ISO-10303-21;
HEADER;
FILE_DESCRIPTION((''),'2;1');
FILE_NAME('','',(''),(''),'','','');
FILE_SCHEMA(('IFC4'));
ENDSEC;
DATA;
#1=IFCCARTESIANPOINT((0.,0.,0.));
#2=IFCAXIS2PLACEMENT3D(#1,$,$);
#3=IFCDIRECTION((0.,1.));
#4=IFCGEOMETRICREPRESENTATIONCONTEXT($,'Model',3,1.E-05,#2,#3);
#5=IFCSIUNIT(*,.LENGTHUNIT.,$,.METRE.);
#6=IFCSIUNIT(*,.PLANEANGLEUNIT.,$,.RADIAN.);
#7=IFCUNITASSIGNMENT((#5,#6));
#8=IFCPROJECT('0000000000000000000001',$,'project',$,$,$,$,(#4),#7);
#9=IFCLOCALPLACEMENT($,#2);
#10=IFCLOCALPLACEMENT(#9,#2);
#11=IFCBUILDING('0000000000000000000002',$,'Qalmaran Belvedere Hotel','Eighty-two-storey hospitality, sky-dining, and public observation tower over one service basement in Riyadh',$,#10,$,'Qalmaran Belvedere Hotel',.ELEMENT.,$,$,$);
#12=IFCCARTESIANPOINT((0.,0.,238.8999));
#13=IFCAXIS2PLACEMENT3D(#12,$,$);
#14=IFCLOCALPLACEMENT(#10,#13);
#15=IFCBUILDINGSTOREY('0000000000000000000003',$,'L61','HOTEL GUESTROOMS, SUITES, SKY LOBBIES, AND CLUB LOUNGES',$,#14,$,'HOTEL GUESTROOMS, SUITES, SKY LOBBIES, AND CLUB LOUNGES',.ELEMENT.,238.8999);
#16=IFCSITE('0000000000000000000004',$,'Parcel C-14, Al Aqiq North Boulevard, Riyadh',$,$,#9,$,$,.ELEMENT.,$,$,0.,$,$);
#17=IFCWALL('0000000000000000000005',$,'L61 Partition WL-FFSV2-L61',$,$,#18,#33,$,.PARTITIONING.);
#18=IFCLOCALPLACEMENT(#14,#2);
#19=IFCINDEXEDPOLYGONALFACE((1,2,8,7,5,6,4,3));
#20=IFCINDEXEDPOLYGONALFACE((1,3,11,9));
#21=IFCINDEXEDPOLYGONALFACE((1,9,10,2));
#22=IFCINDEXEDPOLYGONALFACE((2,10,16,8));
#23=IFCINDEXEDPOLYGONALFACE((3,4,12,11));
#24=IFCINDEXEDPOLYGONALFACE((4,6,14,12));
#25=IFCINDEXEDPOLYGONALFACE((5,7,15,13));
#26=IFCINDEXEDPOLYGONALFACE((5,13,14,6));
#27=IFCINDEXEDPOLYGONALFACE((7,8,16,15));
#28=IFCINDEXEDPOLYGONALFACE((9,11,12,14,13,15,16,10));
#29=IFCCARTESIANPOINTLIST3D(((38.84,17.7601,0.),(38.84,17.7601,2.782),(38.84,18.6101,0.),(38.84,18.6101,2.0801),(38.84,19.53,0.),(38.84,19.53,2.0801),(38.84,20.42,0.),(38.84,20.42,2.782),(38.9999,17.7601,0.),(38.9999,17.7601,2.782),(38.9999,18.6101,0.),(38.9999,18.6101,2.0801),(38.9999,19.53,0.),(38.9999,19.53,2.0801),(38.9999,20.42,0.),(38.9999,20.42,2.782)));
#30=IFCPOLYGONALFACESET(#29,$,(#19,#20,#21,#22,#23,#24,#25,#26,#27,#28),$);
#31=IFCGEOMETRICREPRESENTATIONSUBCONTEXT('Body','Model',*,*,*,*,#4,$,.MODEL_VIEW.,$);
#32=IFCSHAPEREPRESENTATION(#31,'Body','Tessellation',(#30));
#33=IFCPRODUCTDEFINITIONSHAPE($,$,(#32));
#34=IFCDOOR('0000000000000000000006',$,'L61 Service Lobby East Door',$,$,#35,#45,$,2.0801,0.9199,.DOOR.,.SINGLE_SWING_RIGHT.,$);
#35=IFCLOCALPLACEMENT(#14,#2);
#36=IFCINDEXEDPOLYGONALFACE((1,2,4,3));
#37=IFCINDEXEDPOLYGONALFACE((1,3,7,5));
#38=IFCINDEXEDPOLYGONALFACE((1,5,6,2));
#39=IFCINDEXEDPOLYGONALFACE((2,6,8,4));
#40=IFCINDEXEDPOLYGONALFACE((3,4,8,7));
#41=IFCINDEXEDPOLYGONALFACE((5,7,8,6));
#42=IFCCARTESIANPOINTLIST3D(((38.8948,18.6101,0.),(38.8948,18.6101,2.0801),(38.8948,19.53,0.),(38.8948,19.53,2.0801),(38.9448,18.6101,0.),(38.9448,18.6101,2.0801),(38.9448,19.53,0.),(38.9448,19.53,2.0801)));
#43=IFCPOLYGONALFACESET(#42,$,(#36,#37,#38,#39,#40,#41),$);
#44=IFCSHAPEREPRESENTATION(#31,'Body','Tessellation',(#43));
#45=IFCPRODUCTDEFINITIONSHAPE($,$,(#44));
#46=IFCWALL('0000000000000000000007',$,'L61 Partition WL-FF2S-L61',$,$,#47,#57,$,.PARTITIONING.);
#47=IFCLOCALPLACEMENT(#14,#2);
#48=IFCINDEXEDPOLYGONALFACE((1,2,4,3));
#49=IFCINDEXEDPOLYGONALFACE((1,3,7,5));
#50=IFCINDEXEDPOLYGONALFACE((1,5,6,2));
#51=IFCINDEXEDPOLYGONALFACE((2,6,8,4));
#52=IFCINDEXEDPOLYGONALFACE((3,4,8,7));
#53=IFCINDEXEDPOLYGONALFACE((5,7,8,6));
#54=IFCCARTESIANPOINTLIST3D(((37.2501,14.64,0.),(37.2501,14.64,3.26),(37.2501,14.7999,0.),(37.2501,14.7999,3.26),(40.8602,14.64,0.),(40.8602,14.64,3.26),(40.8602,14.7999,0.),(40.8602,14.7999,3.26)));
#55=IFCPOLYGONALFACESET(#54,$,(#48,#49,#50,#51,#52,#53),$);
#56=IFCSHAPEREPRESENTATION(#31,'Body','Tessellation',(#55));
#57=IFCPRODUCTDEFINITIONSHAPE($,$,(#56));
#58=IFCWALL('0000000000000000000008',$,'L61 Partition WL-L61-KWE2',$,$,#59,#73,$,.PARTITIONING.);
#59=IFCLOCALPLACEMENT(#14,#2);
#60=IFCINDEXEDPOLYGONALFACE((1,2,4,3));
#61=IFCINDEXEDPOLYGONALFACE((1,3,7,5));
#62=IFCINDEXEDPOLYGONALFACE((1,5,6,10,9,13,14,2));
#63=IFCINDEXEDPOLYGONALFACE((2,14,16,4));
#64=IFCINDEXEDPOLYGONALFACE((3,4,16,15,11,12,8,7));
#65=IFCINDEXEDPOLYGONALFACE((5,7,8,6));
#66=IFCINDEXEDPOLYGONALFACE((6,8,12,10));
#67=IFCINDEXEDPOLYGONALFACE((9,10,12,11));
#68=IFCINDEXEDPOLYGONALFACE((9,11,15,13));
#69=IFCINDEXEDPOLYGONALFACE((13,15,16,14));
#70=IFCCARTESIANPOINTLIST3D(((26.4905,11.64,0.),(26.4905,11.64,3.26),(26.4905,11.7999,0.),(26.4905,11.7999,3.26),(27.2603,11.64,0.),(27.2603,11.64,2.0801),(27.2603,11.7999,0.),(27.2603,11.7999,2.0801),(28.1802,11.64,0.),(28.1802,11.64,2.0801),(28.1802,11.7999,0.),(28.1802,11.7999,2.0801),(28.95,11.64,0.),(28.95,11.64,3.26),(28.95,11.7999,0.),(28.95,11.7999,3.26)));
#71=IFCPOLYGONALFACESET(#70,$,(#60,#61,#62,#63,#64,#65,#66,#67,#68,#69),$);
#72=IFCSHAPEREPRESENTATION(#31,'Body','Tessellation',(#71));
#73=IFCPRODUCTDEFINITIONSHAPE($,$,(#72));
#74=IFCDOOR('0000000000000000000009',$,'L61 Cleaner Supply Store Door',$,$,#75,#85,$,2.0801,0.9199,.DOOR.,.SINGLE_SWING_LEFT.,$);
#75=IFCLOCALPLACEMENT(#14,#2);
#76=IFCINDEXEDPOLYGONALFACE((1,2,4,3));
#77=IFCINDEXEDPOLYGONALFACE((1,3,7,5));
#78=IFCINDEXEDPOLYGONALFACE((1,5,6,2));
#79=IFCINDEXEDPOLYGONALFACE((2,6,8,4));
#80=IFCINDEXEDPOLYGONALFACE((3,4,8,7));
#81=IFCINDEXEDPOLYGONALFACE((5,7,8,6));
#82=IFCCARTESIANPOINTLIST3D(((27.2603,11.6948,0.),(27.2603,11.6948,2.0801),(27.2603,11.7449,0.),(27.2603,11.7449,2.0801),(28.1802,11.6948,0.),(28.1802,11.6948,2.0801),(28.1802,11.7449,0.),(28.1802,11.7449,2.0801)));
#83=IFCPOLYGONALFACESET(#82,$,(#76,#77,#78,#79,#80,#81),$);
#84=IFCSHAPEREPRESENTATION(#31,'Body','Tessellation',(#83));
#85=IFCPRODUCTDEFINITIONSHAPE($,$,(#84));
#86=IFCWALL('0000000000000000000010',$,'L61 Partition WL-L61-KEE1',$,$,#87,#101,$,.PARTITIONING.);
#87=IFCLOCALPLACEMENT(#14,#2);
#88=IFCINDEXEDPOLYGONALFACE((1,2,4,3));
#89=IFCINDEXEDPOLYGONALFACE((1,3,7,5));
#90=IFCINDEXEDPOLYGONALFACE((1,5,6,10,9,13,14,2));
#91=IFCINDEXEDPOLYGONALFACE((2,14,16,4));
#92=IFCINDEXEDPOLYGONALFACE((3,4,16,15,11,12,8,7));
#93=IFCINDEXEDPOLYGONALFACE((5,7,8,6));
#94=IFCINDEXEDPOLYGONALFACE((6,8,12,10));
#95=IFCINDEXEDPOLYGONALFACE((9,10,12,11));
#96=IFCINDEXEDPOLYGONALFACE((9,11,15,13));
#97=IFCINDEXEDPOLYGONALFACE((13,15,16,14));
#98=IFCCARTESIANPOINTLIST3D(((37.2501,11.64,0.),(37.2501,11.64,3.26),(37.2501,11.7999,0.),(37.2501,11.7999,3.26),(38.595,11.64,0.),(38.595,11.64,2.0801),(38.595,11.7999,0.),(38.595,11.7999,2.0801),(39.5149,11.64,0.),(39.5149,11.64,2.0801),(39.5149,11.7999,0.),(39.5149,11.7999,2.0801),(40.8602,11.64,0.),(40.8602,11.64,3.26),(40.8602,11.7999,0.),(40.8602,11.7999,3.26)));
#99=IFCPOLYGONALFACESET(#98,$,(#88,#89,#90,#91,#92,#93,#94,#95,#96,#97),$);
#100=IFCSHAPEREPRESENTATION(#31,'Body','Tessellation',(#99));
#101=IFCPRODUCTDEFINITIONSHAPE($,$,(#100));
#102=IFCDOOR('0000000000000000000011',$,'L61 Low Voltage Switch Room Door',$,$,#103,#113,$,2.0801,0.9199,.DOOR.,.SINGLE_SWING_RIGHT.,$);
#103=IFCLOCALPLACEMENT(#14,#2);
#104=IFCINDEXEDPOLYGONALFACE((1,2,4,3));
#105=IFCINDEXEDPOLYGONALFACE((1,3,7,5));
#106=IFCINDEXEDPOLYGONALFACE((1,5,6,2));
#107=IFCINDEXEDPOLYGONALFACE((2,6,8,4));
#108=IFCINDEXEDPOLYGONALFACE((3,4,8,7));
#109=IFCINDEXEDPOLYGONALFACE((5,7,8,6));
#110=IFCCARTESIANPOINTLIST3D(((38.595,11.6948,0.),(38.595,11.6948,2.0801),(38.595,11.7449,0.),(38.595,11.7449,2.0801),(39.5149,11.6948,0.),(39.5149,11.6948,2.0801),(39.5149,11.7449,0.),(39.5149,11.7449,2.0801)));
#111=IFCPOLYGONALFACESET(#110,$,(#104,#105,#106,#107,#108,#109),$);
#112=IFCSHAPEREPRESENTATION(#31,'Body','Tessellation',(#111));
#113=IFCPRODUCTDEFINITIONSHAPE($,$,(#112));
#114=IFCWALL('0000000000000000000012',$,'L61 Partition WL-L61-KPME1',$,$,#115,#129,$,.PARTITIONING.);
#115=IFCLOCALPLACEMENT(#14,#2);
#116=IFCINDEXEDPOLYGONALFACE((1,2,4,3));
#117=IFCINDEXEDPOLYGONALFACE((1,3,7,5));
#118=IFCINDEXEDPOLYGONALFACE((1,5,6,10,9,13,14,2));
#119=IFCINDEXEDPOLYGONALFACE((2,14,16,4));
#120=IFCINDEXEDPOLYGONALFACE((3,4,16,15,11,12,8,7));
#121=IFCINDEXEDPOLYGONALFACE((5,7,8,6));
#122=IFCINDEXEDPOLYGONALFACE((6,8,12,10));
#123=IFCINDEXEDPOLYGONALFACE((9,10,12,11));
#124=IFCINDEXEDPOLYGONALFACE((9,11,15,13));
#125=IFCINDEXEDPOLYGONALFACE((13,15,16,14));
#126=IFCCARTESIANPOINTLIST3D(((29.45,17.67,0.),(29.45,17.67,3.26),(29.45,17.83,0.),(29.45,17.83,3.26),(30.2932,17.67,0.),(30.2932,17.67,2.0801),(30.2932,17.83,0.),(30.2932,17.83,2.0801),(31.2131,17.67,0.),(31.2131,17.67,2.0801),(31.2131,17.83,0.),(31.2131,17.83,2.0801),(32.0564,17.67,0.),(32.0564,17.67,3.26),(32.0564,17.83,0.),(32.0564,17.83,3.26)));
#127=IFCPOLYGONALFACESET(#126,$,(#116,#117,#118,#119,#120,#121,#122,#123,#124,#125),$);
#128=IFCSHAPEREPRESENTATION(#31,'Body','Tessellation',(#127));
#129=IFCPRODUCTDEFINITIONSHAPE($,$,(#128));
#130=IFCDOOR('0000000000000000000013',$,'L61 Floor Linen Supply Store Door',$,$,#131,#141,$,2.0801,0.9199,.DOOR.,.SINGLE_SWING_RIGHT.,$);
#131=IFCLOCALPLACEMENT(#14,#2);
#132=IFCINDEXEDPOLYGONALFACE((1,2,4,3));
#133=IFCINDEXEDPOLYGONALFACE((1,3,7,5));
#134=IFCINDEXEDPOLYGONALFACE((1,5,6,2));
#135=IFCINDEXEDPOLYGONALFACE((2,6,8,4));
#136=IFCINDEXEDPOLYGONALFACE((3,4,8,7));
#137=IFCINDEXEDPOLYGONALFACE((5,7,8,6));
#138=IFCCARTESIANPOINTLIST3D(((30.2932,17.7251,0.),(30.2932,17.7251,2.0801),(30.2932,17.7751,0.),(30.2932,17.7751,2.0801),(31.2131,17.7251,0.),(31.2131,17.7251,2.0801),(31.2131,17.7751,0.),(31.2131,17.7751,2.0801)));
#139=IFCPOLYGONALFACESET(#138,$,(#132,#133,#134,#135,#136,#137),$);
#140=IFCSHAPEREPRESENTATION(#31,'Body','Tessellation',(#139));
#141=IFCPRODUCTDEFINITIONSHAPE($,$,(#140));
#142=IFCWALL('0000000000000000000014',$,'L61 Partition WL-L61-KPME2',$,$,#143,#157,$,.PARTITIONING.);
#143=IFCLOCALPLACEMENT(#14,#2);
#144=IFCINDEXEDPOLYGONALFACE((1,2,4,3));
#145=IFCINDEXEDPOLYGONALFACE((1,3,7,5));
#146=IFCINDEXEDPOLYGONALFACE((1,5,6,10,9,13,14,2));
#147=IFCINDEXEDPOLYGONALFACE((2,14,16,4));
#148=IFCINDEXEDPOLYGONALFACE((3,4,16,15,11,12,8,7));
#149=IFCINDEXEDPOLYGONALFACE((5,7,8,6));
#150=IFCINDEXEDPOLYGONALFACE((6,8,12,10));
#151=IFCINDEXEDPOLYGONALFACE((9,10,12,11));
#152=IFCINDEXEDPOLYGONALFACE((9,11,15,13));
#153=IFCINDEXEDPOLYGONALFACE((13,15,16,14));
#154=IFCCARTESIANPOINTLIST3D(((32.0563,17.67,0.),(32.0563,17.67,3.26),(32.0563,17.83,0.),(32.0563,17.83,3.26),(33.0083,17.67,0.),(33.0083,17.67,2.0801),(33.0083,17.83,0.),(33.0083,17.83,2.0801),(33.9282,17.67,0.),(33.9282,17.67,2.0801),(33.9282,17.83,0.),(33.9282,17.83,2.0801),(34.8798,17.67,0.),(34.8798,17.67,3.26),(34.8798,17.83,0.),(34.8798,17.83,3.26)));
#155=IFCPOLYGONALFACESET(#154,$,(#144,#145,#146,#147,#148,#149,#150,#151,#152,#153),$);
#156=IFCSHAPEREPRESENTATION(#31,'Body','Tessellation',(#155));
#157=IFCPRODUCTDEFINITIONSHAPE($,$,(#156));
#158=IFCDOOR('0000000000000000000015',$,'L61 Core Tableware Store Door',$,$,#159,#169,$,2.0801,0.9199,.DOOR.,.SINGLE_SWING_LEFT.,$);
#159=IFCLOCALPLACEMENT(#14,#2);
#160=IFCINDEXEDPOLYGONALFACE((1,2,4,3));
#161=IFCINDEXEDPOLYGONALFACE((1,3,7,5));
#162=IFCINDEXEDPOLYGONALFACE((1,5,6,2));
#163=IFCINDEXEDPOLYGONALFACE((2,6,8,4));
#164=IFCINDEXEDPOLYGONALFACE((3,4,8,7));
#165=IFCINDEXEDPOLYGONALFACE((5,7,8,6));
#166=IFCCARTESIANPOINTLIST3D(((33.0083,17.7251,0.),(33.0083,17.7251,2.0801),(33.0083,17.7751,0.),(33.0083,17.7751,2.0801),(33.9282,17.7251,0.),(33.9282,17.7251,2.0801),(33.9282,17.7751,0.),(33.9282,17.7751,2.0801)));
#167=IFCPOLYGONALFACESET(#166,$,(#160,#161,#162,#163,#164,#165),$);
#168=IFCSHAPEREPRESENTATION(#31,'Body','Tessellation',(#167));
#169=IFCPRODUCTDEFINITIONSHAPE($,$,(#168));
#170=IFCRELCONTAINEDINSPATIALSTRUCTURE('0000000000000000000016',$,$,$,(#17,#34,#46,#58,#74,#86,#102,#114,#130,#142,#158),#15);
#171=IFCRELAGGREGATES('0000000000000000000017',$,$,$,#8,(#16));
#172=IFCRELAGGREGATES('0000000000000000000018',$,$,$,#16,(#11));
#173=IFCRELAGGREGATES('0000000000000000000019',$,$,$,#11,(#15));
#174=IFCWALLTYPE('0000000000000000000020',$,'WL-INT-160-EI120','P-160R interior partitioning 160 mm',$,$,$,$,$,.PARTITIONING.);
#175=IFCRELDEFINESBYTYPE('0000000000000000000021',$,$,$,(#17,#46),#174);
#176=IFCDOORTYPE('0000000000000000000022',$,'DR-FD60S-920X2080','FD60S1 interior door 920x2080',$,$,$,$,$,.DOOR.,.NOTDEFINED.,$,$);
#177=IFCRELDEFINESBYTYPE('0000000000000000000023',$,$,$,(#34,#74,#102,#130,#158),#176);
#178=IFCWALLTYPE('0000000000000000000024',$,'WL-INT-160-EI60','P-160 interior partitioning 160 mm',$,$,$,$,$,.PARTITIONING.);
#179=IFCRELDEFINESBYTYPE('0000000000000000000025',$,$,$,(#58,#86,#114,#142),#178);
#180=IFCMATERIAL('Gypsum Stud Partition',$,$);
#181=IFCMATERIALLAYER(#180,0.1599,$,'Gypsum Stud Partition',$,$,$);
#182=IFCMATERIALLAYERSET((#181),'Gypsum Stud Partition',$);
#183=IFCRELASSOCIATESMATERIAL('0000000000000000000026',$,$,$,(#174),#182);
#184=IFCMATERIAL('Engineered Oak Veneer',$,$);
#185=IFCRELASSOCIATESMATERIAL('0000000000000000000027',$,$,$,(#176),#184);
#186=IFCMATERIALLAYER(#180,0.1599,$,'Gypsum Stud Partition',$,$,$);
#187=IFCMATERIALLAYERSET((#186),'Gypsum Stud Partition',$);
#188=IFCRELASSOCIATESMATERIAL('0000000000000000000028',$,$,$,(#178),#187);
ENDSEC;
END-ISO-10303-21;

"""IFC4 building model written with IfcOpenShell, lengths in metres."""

from ifc_helpers import new_model, si_unit, direction, frame, frame_2d, origin, place, context, subcontext, project, spatial, rectangle, extrude, material, layer, layer_set, type_object, element, fill, save


model = new_model("IFC4")

# Units and contexts
model_context = context("Model", 3, precision=1e-05, world=origin(), true_north=direction((0.0, 1.0)))
body_context = subcontext(model_context, "Body", "Model", "MODEL_VIEW")
ifc_project = project(units=[si_unit("LENGTHUNIT", "METRE"), si_unit("PLANEANGLEUNIT", "RADIAN")], contexts=[model_context])

# Site, building, storey
site_placement = place(None, origin())
site = spatial("IfcSite", under=ifc_project, at=site_placement, Name="Parcel C-14, Al Aqiq North Boulevard, Riyadh", CompositionType="ELEMENT", RefElevation=0.0)
building_placement = place(site_placement, origin())
building = spatial("IfcBuilding", under=site, at=building_placement, Name="Qalmaran Belvedere Hotel", Description="Eighty-two-storey hospitality, sky-dining, and public observation tower over one service basement in Riyadh", LongName="Qalmaran Belvedere Hotel", CompositionType="ELEMENT")
storey_placement = place(building_placement, frame((0.0, 0.0, 238.8999)))
storey = spatial("IfcBuildingStorey", under=building, at=storey_placement, Name="L61", Description="HOTEL GUESTROOMS, SUITES, SKY LOBBIES, AND CLUB LOUNGES", LongName="HOTEL GUESTROOMS, SUITES, SKY LOBBIES, AND CLUB LOUNGES", CompositionType="ELEMENT", Elevation=238.8999)

# Shared definitions
ifc_material_1 = material(Name="Gypsum Stud Partition")

# Wall, opening, door
ifc_layer_1 = layer(ifc_material_1, 0.1599, Name="Gypsum Stud Partition")
ifc_layer_set_1 = layer_set([ifc_layer_1], Name="Gypsum Stud Partition")
wall_type_1 = type_object("IfcWallType", Name="WL-INT-160-EI120", Description="P-160R interior partitioning 160 mm", PredefinedType="PARTITIONING", material=ifc_layer_set_1)
wall_1_placement = place(storey_placement, frame((38.9199, 17.76, 0.0), z_axis=(0.0, 0.0, 1.0), x_axis=(0.0, 1.0, 0.0)))
wall_1 = element("IfcWall", 1, at=wall_1_placement, inside=storey, type_object=wall_type_1, Name="L61 Partition WL-FFSV2-L61", PredefinedType="PARTITIONING", context=body_context, shape_type="SweptSolid", body=[
    extrude(rectangle(XDim=2.6599, YDim=0.1599, at=frame_2d((1.3301, 0.0))), origin(), (0.0, 0.0, 1.0), 2.782),
])
opening_1_placement = place(wall_1_placement, frame((1.77, 0.0, 0.0), z_axis=(0.0, 0.0, 1.0), x_axis=(-1.0, 0.0, 0.0)))
opening_1 = element("IfcOpeningElement", 2, at=opening_1_placement, cuts=wall_1, PredefinedType="OPENING", context=body_context, shape_type="SweptSolid", body=[
    extrude(rectangle(XDim=0.9199, YDim=2.0801, at=frame_2d((0.46, 1.04))), frame((0.0, 0.0898, 0.0), z_axis=(0.0, -1.0, 0.0), x_axis=(1.0, 0.0, 0.0)), (0.0, 0.0, 1.0), 0.1799),
])
ifc_material_2 = material(Name="Engineered Oak Veneer")
door_type_1 = type_object("IfcDoorType", Name="DR-FD60S-920X2080", Description="FD60S1 interior door 920x2080", OperationType="NOTDEFINED", PredefinedType="DOOR", material=ifc_material_2)
door_1_placement = place(opening_1_placement, origin())
door_1 = element("IfcDoor", 3, at=door_1_placement, inside=storey, type_object=door_type_1, Name="L61 Service Lobby East Door", OperationType="SINGLE_SWING_RIGHT", OverallHeight=2.0801, OverallWidth=0.9199, PredefinedType="DOOR", context=body_context, shape_type="SweptSolid", body=[
    extrude(rectangle(XDim=0.9199, YDim=2.0801, at=frame_2d((0.46, 1.04))), frame((0.0, 0.0249, 0.0), z_axis=(0.0, -1.0, 0.0), x_axis=(1.0, 0.0, 0.0)), (0.0, 0.0, 1.0), 0.05),
])
fill(opening_1, door_1)

# Wall
wall_2_placement = place(storey_placement, frame((37.25, 14.72, 0.0), z_axis=(0.0, 0.0, 1.0), x_axis=(1.0, 0.0, 0.0)))
element("IfcWall", 4, at=wall_2_placement, inside=storey, type_object=wall_type_1, Name="L61 Partition WL-FF2S-L61", PredefinedType="PARTITIONING", context=body_context, shape_type="SweptSolid", body=[
    extrude(rectangle(XDim=3.6101, YDim=0.1599, at=frame_2d((1.8052, 0.0))), origin(), (0.0, 0.0, 1.0), 3.26),
])

# Walls, openings, doors
ifc_layer_2 = layer(ifc_material_1, 0.1599, Name="Gypsum Stud Partition")
ifc_layer_set_2 = layer_set([ifc_layer_2], Name="Gypsum Stud Partition")
wall_type_2 = type_object("IfcWallType", Name="WL-INT-160-EI60", Description="P-160 interior partitioning 160 mm", PredefinedType="PARTITIONING", material=ifc_layer_set_2)
wall_3_placement = place(storey_placement, frame((26.4905, 11.72, 0.0), z_axis=(0.0, 0.0, 1.0), x_axis=(1.0, 0.0, 0.0)))
wall_3 = element("IfcWall", 5, at=wall_3_placement, inside=storey, type_object=wall_type_2, Name="L61 Partition WL-L61-KWE2", PredefinedType="PARTITIONING", context=body_context, shape_type="SweptSolid", body=[
    extrude(rectangle(XDim=2.4595, YDim=0.1599, at=frame_2d((1.2297, 0.0))), origin(), (0.0, 0.0, 1.0), 3.26),
])
opening_2_placement = place(wall_3_placement, frame((0.7698, 0.0, 0.0)))
opening_2 = element("IfcOpeningElement", 6, at=opening_2_placement, cuts=wall_3, PredefinedType="OPENING", context=body_context, shape_type="SweptSolid", body=[
    extrude(rectangle(XDim=0.9199, YDim=2.0801, at=frame_2d((0.46, 1.04))), frame((0.0, 0.0898, 0.0), z_axis=(0.0, -1.0, 0.0), x_axis=(1.0, 0.0, 0.0)), (0.0, 0.0, 1.0), 0.1799),
])
door_2_placement = place(opening_2_placement, origin())
door_2 = element("IfcDoor", 7, at=door_2_placement, inside=storey, type_object=door_type_1, Name="L61 Cleaner Supply Store Door", OperationType="SINGLE_SWING_LEFT", OverallHeight=2.0801, OverallWidth=0.9199, PredefinedType="DOOR", context=body_context, shape_type="SweptSolid", body=[
    extrude(rectangle(XDim=0.9199, YDim=2.0801, at=frame_2d((0.46, 1.04))), frame((0.0, 0.0249, 0.0), z_axis=(0.0, -1.0, 0.0), x_axis=(1.0, 0.0, 0.0)), (0.0, 0.0, 1.0), 0.05),
])
fill(opening_2, door_2)
wall_4_placement = place(storey_placement, frame((37.25, 11.72, 0.0), z_axis=(0.0, 0.0, 1.0), x_axis=(1.0, 0.0, 0.0)))
wall_4 = element("IfcWall", 8, at=wall_4_placement, inside=storey, type_object=wall_type_2, Name="L61 Partition WL-L61-KEE1", PredefinedType="PARTITIONING", context=body_context, shape_type="SweptSolid", body=[
    extrude(rectangle(XDim=3.6101, YDim=0.1599, at=frame_2d((1.8052, 0.0))), origin(), (0.0, 0.0, 1.0), 3.26),
])
opening_3_placement = place(wall_4_placement, frame((1.345, 0.0, 0.0)))
opening_3 = element("IfcOpeningElement", 9, at=opening_3_placement, cuts=wall_4, PredefinedType="OPENING", context=body_context, shape_type="SweptSolid", body=[
    extrude(rectangle(XDim=0.9199, YDim=2.0801, at=frame_2d((0.46, 1.04))), frame((0.0, 0.0898, 0.0), z_axis=(0.0, -1.0, 0.0), x_axis=(1.0, 0.0, 0.0)), (0.0, 0.0, 1.0), 0.1799),
])
door_3_placement = place(opening_3_placement, origin())
door_3 = element("IfcDoor", 10, at=door_3_placement, inside=storey, type_object=door_type_1, Name="L61 Low Voltage Switch Room Door", OperationType="SINGLE_SWING_RIGHT", OverallHeight=2.0801, OverallWidth=0.9199, PredefinedType="DOOR", context=body_context, shape_type="SweptSolid", body=[
    extrude(rectangle(XDim=0.9199, YDim=2.0801, at=frame_2d((0.46, 1.04))), frame((0.0, 0.0249, 0.0), z_axis=(0.0, -1.0, 0.0), x_axis=(1.0, 0.0, 0.0)), (0.0, 0.0, 1.0), 0.05),
])
fill(opening_3, door_3)
wall_5_placement = place(storey_placement, frame((29.45, 17.75, 0.0), z_axis=(0.0, 0.0, 1.0), x_axis=(1.0, 0.0, 0.0)))
wall_5 = element("IfcWall", 11, at=wall_5_placement, inside=storey, type_object=wall_type_2, Name="L61 Partition WL-L61-KPME1", PredefinedType="PARTITIONING", context=body_context, shape_type="SweptSolid", body=[
    extrude(rectangle(XDim=2.6064, YDim=0.1599, at=frame_2d((1.3032, 0.0))), origin(), (0.0, 0.0, 1.0), 3.26),
])
opening_4_placement = place(wall_5_placement, frame((1.7632, 0.0, 0.0), z_axis=(0.0, 0.0, 1.0), x_axis=(-1.0, 0.0, 0.0)))
opening_4 = element("IfcOpeningElement", 12, at=opening_4_placement, cuts=wall_5, PredefinedType="OPENING", context=body_context, shape_type="SweptSolid", body=[
    extrude(rectangle(XDim=0.9199, YDim=2.0801, at=frame_2d((0.46, 1.04))), frame((0.0, 0.0898, 0.0), z_axis=(0.0, -1.0, 0.0), x_axis=(1.0, 0.0, 0.0)), (0.0, 0.0, 1.0), 0.1799),
])
door_4_placement = place(opening_4_placement, origin())
door_4 = element("IfcDoor", 13, at=door_4_placement, inside=storey, type_object=door_type_1, Name="L61 Floor Linen Supply Store Door", OperationType="SINGLE_SWING_RIGHT", OverallHeight=2.0801, OverallWidth=0.9199, PredefinedType="DOOR", context=body_context, shape_type="SweptSolid", body=[
    extrude(rectangle(XDim=0.9199, YDim=2.0801, at=frame_2d((0.46, 1.04))), frame((0.0, 0.0249, 0.0), z_axis=(0.0, -1.0, 0.0), x_axis=(1.0, 0.0, 0.0)), (0.0, 0.0, 1.0), 0.05),
])
fill(opening_4, door_4)
wall_6_placement = place(storey_placement, frame((32.0564, 17.75, 0.0), z_axis=(0.0, 0.0, 1.0), x_axis=(1.0, 0.0, 0.0)))
wall_6 = element("IfcWall", 14, at=wall_6_placement, inside=storey, type_object=wall_type_2, Name="L61 Partition WL-L61-KPME2", PredefinedType="PARTITIONING", context=body_context, shape_type="SweptSolid", body=[
    extrude(rectangle(XDim=2.8235, YDim=0.1599, at=frame_2d((1.4116, 0.0))), origin(), (0.0, 0.0, 1.0), 3.26),
])
opening_5_placement = place(wall_6_placement, frame((1.8718, 0.0, 0.0), z_axis=(0.0, 0.0, 1.0), x_axis=(-1.0, 0.0, 0.0)))
opening_5 = element("IfcOpeningElement", 15, at=opening_5_placement, cuts=wall_6, PredefinedType="OPENING", context=body_context, shape_type="SweptSolid", body=[
    extrude(rectangle(XDim=0.9199, YDim=2.0801, at=frame_2d((0.46, 1.04))), frame((0.0, 0.0898, 0.0), z_axis=(0.0, -1.0, 0.0), x_axis=(1.0, 0.0, 0.0)), (0.0, 0.0, 1.0), 0.1799),
])
door_5_placement = place(opening_5_placement, origin())
door_5 = element("IfcDoor", 16, at=door_5_placement, inside=storey, type_object=door_type_1, Name="L61 Core Tableware Store Door", OperationType="SINGLE_SWING_LEFT", OverallHeight=2.0801, OverallWidth=0.9199, PredefinedType="DOOR", context=body_context, shape_type="SweptSolid", body=[
    extrude(rectangle(XDim=0.9199, YDim=2.0801, at=frame_2d((0.46, 1.04))), frame((0.0, 0.0249, 0.0), z_axis=(0.0, -1.0, 0.0), x_axis=(1.0, 0.0, 0.0)), (0.0, 0.0, 1.0), 0.05),
])
fill(opening_5, door_5)

save(model, "model.ifc")
